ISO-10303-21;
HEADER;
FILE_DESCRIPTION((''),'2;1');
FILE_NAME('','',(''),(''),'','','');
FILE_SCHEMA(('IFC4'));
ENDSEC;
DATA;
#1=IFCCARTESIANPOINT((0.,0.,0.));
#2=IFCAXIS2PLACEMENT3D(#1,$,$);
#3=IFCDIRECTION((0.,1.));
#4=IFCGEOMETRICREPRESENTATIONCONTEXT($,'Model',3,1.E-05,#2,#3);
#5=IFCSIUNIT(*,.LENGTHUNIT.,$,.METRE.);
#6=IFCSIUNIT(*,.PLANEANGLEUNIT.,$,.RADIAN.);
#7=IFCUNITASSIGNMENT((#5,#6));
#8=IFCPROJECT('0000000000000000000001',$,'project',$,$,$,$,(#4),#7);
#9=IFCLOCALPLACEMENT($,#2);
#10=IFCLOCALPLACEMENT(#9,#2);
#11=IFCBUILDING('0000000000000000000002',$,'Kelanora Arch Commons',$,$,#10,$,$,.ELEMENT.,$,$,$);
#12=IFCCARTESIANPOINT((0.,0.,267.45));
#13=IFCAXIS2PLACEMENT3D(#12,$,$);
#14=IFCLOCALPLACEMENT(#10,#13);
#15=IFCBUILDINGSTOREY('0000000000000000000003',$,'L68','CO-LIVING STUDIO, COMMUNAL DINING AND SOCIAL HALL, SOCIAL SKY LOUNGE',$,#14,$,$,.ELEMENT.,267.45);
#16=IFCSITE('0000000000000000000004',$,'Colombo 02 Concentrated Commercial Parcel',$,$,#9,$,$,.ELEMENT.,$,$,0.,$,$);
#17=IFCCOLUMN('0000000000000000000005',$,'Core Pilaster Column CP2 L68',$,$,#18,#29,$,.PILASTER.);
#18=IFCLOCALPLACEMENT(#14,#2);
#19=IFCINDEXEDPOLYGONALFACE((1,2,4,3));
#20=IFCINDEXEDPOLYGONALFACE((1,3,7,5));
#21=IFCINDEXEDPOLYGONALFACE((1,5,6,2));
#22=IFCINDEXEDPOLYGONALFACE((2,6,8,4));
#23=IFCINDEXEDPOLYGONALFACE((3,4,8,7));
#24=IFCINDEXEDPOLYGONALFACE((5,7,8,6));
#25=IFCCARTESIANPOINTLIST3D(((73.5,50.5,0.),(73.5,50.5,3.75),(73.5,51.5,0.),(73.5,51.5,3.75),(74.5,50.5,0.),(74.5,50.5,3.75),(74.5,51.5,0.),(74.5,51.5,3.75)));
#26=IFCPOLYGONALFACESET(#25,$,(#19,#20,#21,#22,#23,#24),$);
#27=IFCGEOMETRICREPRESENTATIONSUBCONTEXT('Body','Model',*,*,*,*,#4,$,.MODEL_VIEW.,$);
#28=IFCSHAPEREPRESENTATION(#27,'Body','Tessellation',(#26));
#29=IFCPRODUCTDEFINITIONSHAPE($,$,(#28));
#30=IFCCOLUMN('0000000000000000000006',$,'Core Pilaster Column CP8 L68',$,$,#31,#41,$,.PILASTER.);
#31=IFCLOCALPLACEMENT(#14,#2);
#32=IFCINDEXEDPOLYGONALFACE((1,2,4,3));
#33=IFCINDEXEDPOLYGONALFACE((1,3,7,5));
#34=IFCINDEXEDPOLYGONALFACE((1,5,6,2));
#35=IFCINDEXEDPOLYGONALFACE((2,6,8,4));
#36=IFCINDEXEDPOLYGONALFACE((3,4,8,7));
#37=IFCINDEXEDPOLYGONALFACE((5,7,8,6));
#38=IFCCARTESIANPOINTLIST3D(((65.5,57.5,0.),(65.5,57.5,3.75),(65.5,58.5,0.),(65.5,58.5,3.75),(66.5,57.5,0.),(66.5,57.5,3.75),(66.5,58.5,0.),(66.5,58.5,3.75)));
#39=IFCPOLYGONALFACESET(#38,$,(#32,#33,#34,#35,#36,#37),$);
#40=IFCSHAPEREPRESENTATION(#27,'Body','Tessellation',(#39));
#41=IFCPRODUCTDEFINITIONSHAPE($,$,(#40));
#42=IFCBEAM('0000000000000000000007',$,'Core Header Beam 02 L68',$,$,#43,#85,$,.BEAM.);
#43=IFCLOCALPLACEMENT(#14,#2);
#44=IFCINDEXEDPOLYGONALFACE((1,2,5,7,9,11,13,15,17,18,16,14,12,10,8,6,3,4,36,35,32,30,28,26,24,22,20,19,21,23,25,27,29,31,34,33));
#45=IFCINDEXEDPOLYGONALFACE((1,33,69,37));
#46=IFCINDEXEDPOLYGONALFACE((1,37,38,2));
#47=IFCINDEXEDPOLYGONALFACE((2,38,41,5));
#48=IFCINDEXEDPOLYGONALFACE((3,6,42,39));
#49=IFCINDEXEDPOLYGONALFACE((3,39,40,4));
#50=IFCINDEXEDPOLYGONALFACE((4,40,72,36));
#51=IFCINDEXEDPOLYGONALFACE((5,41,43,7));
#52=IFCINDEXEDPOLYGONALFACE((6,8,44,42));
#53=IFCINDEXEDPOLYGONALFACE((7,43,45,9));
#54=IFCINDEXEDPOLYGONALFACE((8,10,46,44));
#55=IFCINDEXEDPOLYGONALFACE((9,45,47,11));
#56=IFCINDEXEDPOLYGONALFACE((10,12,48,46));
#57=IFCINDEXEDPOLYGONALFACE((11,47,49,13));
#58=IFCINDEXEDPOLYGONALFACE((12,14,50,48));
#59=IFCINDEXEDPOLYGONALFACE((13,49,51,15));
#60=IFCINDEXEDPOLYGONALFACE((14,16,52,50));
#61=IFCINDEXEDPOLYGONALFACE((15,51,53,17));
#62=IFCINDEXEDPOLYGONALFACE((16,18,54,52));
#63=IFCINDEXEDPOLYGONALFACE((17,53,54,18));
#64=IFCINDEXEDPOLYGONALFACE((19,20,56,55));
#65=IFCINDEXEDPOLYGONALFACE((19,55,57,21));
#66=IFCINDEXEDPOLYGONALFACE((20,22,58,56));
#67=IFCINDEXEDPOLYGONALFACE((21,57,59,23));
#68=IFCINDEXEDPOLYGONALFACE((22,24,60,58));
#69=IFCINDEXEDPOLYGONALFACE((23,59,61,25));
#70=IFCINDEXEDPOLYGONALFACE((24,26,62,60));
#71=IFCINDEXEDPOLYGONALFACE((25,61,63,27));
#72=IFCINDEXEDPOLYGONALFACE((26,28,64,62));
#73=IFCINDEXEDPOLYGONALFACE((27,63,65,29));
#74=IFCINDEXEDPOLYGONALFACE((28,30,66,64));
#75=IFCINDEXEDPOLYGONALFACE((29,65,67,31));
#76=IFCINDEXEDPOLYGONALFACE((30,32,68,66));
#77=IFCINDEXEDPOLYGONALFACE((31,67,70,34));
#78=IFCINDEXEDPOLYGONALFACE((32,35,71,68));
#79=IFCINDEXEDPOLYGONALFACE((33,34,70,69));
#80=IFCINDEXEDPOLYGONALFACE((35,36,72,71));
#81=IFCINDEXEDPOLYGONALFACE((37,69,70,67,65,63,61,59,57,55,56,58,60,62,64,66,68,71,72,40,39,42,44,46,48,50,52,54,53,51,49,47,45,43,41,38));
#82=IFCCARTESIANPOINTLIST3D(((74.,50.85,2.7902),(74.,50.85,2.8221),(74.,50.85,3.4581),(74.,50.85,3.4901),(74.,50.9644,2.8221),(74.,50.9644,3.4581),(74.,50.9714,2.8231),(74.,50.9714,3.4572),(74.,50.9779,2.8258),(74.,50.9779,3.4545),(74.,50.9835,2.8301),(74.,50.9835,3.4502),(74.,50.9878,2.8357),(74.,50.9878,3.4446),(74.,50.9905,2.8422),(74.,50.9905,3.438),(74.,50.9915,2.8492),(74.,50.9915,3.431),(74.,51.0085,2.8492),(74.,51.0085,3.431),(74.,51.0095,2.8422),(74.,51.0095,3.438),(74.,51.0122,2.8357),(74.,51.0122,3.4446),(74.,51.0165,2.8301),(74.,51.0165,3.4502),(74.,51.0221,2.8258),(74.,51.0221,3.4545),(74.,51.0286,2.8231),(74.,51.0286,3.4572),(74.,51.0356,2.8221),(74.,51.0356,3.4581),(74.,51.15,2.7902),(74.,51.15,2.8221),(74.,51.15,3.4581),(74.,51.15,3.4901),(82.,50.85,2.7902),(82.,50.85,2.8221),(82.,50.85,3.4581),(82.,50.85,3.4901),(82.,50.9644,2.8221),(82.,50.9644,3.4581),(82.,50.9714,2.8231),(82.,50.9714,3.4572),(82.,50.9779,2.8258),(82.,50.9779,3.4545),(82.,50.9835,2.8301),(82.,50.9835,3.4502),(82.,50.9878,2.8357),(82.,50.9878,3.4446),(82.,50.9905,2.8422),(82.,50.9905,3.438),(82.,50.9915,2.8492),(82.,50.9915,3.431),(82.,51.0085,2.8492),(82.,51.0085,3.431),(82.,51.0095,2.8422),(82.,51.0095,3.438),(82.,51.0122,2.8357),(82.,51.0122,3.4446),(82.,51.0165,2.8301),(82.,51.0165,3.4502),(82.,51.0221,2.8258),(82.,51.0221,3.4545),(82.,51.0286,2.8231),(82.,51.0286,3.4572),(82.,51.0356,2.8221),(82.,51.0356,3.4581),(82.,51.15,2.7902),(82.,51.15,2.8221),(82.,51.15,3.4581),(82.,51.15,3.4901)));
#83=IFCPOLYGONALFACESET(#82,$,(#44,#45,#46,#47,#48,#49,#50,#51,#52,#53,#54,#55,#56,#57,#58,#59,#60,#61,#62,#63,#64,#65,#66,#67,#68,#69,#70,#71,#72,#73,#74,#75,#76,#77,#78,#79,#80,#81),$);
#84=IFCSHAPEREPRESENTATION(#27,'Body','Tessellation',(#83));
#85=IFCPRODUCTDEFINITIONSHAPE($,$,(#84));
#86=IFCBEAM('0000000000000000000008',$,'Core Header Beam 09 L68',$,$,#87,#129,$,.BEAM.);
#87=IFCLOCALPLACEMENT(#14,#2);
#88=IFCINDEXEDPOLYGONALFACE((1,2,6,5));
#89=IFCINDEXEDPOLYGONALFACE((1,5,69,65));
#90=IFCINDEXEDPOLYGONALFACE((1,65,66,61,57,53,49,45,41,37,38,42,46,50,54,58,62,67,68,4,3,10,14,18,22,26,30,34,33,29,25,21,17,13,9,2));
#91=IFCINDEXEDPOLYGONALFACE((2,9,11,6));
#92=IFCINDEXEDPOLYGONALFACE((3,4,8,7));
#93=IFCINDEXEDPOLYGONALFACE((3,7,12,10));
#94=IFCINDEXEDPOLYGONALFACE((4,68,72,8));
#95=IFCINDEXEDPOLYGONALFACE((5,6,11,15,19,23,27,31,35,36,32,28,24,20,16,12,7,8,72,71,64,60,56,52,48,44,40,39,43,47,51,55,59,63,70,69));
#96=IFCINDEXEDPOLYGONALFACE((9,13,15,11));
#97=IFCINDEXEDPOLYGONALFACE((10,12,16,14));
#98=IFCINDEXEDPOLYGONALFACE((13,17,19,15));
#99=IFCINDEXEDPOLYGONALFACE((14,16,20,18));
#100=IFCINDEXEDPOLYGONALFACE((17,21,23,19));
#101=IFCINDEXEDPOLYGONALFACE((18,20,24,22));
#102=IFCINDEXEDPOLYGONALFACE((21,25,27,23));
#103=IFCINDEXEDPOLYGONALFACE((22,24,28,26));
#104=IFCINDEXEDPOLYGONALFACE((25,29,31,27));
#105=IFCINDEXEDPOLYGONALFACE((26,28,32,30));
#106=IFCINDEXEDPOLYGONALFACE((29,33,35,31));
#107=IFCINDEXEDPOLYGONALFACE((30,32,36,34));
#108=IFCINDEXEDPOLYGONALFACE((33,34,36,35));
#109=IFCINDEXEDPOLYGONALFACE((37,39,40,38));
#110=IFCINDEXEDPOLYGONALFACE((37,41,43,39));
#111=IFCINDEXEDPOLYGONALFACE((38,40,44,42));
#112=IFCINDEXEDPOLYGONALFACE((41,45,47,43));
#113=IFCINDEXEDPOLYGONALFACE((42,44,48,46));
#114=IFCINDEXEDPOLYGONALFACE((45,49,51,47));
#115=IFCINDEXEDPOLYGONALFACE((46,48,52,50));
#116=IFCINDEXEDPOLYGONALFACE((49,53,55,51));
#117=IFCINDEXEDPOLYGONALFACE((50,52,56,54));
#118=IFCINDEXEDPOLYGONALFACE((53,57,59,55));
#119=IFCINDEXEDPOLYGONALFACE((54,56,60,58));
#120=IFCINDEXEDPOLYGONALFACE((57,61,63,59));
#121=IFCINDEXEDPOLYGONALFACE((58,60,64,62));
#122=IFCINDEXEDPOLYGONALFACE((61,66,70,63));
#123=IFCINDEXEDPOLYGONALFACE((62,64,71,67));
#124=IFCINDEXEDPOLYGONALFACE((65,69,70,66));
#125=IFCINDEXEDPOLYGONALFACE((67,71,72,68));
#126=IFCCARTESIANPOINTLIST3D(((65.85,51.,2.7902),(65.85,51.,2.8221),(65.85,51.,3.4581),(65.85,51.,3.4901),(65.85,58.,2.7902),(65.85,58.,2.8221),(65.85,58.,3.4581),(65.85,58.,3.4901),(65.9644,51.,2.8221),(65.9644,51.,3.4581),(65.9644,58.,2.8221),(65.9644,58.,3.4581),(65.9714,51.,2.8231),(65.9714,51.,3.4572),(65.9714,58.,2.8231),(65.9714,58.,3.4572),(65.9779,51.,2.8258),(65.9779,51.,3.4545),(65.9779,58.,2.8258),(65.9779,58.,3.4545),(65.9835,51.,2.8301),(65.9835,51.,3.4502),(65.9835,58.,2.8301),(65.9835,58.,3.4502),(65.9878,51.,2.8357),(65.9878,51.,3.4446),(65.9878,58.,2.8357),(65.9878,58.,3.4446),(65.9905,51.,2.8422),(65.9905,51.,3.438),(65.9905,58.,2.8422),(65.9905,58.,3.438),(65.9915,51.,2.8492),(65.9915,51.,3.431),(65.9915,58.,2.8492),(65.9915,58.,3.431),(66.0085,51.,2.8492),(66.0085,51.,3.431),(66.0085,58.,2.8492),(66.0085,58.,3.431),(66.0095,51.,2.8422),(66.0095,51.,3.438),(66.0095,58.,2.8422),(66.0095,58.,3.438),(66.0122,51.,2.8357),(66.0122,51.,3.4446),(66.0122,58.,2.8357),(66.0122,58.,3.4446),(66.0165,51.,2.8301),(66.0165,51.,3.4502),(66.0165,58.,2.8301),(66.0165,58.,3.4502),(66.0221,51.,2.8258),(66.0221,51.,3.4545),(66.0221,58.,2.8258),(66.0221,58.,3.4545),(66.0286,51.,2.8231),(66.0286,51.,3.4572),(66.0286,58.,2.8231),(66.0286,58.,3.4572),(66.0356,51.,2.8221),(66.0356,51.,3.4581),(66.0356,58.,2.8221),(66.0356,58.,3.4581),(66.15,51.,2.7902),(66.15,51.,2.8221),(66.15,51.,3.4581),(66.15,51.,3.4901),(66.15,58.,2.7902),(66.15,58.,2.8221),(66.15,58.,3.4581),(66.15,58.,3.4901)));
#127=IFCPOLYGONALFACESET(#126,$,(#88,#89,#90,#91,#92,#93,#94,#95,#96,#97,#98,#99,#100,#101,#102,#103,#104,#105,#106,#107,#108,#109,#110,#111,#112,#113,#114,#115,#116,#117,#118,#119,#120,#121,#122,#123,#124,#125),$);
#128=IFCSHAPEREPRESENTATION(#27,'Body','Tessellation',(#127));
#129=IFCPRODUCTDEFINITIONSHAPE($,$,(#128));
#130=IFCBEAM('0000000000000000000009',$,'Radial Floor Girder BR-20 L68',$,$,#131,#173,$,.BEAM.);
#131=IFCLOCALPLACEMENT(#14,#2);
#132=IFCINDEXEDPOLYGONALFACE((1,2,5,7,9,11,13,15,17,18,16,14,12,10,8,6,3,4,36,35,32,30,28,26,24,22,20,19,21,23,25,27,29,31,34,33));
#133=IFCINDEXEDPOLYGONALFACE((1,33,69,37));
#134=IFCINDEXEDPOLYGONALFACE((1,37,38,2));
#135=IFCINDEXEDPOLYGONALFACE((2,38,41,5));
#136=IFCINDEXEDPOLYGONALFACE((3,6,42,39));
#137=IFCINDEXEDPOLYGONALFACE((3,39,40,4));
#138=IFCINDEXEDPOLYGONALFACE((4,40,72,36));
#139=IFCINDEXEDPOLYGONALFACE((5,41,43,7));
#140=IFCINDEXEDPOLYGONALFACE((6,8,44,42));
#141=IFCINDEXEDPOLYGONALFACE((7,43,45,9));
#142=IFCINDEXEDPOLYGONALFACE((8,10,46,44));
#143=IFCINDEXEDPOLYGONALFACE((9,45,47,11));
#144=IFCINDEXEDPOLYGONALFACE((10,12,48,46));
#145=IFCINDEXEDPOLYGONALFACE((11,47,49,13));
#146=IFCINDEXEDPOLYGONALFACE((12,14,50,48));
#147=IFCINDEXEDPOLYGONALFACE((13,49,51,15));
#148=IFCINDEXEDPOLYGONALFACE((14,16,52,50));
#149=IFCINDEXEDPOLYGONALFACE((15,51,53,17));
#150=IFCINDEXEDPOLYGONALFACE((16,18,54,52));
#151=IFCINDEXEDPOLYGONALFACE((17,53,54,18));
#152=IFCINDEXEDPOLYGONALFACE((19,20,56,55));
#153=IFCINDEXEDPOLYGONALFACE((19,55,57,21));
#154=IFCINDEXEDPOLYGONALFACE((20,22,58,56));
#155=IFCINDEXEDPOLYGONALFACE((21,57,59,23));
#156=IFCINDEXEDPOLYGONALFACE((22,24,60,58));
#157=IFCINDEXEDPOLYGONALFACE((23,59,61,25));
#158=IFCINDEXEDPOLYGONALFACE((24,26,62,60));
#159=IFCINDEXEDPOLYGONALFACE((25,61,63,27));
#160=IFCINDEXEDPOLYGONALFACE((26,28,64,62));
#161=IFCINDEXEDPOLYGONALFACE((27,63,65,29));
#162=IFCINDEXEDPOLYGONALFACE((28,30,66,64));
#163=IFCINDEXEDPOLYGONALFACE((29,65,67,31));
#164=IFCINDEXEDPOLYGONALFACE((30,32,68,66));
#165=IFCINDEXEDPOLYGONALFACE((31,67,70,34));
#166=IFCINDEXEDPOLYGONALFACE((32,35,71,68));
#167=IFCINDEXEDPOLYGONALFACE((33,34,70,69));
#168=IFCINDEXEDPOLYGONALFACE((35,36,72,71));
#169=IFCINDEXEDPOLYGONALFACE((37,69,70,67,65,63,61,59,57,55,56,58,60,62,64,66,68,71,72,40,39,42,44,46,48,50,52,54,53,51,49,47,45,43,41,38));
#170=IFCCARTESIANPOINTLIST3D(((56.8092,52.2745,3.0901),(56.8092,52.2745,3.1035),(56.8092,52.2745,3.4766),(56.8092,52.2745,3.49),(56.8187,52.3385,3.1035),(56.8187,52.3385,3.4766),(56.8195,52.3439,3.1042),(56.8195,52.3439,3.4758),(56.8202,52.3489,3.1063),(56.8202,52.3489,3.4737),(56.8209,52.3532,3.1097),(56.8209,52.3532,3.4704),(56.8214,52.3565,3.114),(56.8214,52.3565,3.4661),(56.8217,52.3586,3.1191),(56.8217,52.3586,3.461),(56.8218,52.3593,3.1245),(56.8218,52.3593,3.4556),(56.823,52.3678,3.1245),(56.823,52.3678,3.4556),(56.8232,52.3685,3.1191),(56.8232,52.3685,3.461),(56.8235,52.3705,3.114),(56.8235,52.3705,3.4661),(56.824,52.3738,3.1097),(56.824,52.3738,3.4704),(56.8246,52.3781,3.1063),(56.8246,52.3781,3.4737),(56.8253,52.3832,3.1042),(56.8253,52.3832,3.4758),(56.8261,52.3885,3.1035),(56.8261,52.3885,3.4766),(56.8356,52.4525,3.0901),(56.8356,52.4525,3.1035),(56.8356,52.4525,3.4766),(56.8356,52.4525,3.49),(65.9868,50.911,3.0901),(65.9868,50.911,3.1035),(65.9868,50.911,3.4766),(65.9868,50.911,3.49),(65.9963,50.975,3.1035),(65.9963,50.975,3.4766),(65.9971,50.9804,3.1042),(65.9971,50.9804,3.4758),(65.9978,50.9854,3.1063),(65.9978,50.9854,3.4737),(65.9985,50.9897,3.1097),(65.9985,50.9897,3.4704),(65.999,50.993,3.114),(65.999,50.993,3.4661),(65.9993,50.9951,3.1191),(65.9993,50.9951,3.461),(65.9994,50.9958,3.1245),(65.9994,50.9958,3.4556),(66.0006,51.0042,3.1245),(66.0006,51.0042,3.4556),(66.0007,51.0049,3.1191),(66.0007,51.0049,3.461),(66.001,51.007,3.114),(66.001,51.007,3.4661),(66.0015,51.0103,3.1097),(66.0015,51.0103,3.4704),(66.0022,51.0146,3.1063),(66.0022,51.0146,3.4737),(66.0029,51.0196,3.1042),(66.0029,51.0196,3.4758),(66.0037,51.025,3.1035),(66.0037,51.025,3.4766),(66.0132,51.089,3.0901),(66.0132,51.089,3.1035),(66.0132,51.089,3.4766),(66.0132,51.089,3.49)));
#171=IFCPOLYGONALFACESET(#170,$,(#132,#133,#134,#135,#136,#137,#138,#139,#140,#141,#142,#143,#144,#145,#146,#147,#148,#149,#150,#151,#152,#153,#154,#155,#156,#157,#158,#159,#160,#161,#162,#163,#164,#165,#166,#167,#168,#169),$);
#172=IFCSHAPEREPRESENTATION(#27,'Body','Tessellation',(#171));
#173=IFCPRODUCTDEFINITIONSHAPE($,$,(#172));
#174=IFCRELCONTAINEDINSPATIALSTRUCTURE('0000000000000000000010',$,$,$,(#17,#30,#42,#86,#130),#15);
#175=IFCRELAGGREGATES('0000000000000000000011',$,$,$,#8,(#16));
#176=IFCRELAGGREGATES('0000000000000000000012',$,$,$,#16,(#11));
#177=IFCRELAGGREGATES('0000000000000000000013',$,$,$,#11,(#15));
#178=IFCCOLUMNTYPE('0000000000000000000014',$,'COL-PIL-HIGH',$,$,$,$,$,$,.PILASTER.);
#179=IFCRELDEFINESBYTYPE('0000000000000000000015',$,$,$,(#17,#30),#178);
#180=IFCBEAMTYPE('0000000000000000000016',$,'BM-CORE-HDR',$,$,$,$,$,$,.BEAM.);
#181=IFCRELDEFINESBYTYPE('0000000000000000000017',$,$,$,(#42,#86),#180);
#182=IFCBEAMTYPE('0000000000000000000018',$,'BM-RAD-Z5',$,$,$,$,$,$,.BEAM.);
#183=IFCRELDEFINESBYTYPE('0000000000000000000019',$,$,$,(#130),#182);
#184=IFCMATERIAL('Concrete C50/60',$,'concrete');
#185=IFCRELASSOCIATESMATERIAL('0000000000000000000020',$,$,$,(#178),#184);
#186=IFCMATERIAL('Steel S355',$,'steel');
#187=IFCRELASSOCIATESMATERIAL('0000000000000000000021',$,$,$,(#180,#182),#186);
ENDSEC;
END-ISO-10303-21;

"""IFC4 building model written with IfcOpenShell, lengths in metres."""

from ifc_helpers import new_model, si_unit, direction, frame, origin, origin_2d, place, context, subcontext, project, spatial, rectangle, i_section, extrude, material, material_profile, profile_set, type_object, element, save


model = new_model("IFC4")

# Units and contexts
model_context = context("Model", 3, precision=1e-05, world=origin(), true_north=direction((0.0, 1.0)))
body_context = subcontext(model_context, "Body", "Model", "MODEL_VIEW")
ifc_project = project(units=[si_unit("LENGTHUNIT", "METRE"), si_unit("PLANEANGLEUNIT", "RADIAN")], contexts=[model_context])

# Site, building, storey
site_placement = place(None, origin())
site = spatial("IfcSite", under=ifc_project, at=site_placement, Name="Colombo 02 Concentrated Commercial Parcel", CompositionType="ELEMENT", RefElevation=0.0)
building_placement = place(site_placement, origin())
building = spatial("IfcBuilding", under=site, at=building_placement, Name="Kelanora Arch Commons", CompositionType="ELEMENT")
storey_placement = place(building_placement, frame((0.0, 0.0, 267.45)))
storey = spatial("IfcBuildingStorey", under=building, at=storey_placement, Name="L68", Description="CO-LIVING STUDIO, COMMUNAL DINING AND SOCIAL HALL, SOCIAL SKY LOUNGE", CompositionType="ELEMENT", Elevation=267.45)

# Columns
ifc_material_1 = material(Name="Concrete C50/60", Category="concrete")
ifc_material_profile_1 = material_profile(ifc_material_1, rectangle(XDim=1.0, YDim=1.0, at=origin_2d()), Name="RC1000x1000")
ifc_profile_set_1 = profile_set([ifc_material_profile_1], Name="Concrete C50/60")
column_type = type_object("IfcColumnType", Name="COL-PIL-HIGH", PredefinedType="PILASTER", material=ifc_profile_set_1)
for number, where, z_axis, x_axis, name in (
    (1, (74.0, 51.0, 0.0), (0.0, 0.0, 1.0), (1.0, 0.0, 0.0), "Core Pilaster Column CP2 L68"),
    (2, (66.0, 58.0, 0.0), (0.0, 0.0, 1.0), (1.0, 0.0, 0.0), "Core Pilaster Column CP8 L68"),
):
    element("IfcColumn", number, at=place(storey_placement, frame(where, z_axis=z_axis, x_axis=x_axis)), inside=storey, type_object=column_type, Name=name, PredefinedType="PILASTER", context=body_context, shape_type="SweptSolid", body=[
        extrude(rectangle(XDim=1.0, YDim=1.0, at=origin_2d()), origin(), (0.0, 0.0, 1.0), 3.75),
    ])

# Beams
ifc_material_2 = material(Name="Steel S355", Category="steel")
ifc_material_profile_2 = material_profile(ifc_material_2, i_section(OverallWidth=0.3, OverallDepth=0.7, WebThickness=0.0171, FlangeThickness=0.032, FilletRadius=0.0271, at=origin_2d()), Name="HEB700")
ifc_profile_set_2 = profile_set([ifc_material_profile_2], Name="Steel S355")
beam_type_1 = type_object("IfcBeamType", Name="BM-CORE-HDR", PredefinedType="BEAM", material=ifc_profile_set_2)
beam_1_placement = place(storey_placement, frame((74.0, 51.0, 3.1401), z_axis=(1.0, 0.0, 0.0), x_axis=(0.0, 1.0, 0.0)))
element("IfcBeam", 3, at=beam_1_placement, inside=storey, type_object=beam_type_1, Name="Core Header Beam 02 L68", PredefinedType="BEAM", context=body_context, shape_type="SweptSolid", body=[
    extrude(i_section(OverallWidth=0.3, OverallDepth=0.7, WebThickness=0.0171, FlangeThickness=0.032, FilletRadius=0.0271, at=origin_2d()), origin(), (0.0, 0.0, 1.0), 8.0),
])
beam_2_placement = place(storey_placement, frame((66.0, 58.0, 3.1401), z_axis=(0.0, -1.0, 0.0), x_axis=(1.0, 0.0, 0.0)))
element("IfcBeam", 4, at=beam_2_placement, inside=storey, type_object=beam_type_1, Name="Core Header Beam 09 L68", PredefinedType="BEAM", context=body_context, shape_type="SweptSolid", body=[
    extrude(i_section(OverallWidth=0.3, OverallDepth=0.7, WebThickness=0.0171, FlangeThickness=0.032, FilletRadius=0.0271, at=origin_2d()), origin(), (0.0, 0.0, 1.0), 7.0),
])
ifc_material_profile_3 = material_profile(ifc_material_2, i_section(OverallWidth=0.1799, OverallDepth=0.3999, WebThickness=0.0085, FlangeThickness=0.0134, FilletRadius=0.021, at=origin_2d()), Name="IPE400")
ifc_profile_set_3 = profile_set([ifc_material_profile_3], Name="Steel S355")
beam_type_2 = type_object("IfcBeamType", Name="BM-RAD-Z5", PredefinedType="BEAM", material=ifc_profile_set_3)
beam_3_placement = place(storey_placement, frame((66.0, 51.0, 3.29), z_axis=(-0.989142, 0.14696, 0.0), x_axis=(-0.14696, -0.989142, 0.0)))
element("IfcBeam", 5, at=beam_3_placement, inside=storey, type_object=beam_type_2, Name="Radial Floor Girder BR-20 L68", PredefinedType="BEAM", context=body_context, shape_type="SweptSolid", body=[
    extrude(i_section(OverallWidth=0.1799, OverallDepth=0.3999, WebThickness=0.0085, FlangeThickness=0.0134, FilletRadius=0.021, at=origin_2d()), origin(), (0.0, 0.0, 1.0), 9.2783),
])

save(model, "model.ifc")
